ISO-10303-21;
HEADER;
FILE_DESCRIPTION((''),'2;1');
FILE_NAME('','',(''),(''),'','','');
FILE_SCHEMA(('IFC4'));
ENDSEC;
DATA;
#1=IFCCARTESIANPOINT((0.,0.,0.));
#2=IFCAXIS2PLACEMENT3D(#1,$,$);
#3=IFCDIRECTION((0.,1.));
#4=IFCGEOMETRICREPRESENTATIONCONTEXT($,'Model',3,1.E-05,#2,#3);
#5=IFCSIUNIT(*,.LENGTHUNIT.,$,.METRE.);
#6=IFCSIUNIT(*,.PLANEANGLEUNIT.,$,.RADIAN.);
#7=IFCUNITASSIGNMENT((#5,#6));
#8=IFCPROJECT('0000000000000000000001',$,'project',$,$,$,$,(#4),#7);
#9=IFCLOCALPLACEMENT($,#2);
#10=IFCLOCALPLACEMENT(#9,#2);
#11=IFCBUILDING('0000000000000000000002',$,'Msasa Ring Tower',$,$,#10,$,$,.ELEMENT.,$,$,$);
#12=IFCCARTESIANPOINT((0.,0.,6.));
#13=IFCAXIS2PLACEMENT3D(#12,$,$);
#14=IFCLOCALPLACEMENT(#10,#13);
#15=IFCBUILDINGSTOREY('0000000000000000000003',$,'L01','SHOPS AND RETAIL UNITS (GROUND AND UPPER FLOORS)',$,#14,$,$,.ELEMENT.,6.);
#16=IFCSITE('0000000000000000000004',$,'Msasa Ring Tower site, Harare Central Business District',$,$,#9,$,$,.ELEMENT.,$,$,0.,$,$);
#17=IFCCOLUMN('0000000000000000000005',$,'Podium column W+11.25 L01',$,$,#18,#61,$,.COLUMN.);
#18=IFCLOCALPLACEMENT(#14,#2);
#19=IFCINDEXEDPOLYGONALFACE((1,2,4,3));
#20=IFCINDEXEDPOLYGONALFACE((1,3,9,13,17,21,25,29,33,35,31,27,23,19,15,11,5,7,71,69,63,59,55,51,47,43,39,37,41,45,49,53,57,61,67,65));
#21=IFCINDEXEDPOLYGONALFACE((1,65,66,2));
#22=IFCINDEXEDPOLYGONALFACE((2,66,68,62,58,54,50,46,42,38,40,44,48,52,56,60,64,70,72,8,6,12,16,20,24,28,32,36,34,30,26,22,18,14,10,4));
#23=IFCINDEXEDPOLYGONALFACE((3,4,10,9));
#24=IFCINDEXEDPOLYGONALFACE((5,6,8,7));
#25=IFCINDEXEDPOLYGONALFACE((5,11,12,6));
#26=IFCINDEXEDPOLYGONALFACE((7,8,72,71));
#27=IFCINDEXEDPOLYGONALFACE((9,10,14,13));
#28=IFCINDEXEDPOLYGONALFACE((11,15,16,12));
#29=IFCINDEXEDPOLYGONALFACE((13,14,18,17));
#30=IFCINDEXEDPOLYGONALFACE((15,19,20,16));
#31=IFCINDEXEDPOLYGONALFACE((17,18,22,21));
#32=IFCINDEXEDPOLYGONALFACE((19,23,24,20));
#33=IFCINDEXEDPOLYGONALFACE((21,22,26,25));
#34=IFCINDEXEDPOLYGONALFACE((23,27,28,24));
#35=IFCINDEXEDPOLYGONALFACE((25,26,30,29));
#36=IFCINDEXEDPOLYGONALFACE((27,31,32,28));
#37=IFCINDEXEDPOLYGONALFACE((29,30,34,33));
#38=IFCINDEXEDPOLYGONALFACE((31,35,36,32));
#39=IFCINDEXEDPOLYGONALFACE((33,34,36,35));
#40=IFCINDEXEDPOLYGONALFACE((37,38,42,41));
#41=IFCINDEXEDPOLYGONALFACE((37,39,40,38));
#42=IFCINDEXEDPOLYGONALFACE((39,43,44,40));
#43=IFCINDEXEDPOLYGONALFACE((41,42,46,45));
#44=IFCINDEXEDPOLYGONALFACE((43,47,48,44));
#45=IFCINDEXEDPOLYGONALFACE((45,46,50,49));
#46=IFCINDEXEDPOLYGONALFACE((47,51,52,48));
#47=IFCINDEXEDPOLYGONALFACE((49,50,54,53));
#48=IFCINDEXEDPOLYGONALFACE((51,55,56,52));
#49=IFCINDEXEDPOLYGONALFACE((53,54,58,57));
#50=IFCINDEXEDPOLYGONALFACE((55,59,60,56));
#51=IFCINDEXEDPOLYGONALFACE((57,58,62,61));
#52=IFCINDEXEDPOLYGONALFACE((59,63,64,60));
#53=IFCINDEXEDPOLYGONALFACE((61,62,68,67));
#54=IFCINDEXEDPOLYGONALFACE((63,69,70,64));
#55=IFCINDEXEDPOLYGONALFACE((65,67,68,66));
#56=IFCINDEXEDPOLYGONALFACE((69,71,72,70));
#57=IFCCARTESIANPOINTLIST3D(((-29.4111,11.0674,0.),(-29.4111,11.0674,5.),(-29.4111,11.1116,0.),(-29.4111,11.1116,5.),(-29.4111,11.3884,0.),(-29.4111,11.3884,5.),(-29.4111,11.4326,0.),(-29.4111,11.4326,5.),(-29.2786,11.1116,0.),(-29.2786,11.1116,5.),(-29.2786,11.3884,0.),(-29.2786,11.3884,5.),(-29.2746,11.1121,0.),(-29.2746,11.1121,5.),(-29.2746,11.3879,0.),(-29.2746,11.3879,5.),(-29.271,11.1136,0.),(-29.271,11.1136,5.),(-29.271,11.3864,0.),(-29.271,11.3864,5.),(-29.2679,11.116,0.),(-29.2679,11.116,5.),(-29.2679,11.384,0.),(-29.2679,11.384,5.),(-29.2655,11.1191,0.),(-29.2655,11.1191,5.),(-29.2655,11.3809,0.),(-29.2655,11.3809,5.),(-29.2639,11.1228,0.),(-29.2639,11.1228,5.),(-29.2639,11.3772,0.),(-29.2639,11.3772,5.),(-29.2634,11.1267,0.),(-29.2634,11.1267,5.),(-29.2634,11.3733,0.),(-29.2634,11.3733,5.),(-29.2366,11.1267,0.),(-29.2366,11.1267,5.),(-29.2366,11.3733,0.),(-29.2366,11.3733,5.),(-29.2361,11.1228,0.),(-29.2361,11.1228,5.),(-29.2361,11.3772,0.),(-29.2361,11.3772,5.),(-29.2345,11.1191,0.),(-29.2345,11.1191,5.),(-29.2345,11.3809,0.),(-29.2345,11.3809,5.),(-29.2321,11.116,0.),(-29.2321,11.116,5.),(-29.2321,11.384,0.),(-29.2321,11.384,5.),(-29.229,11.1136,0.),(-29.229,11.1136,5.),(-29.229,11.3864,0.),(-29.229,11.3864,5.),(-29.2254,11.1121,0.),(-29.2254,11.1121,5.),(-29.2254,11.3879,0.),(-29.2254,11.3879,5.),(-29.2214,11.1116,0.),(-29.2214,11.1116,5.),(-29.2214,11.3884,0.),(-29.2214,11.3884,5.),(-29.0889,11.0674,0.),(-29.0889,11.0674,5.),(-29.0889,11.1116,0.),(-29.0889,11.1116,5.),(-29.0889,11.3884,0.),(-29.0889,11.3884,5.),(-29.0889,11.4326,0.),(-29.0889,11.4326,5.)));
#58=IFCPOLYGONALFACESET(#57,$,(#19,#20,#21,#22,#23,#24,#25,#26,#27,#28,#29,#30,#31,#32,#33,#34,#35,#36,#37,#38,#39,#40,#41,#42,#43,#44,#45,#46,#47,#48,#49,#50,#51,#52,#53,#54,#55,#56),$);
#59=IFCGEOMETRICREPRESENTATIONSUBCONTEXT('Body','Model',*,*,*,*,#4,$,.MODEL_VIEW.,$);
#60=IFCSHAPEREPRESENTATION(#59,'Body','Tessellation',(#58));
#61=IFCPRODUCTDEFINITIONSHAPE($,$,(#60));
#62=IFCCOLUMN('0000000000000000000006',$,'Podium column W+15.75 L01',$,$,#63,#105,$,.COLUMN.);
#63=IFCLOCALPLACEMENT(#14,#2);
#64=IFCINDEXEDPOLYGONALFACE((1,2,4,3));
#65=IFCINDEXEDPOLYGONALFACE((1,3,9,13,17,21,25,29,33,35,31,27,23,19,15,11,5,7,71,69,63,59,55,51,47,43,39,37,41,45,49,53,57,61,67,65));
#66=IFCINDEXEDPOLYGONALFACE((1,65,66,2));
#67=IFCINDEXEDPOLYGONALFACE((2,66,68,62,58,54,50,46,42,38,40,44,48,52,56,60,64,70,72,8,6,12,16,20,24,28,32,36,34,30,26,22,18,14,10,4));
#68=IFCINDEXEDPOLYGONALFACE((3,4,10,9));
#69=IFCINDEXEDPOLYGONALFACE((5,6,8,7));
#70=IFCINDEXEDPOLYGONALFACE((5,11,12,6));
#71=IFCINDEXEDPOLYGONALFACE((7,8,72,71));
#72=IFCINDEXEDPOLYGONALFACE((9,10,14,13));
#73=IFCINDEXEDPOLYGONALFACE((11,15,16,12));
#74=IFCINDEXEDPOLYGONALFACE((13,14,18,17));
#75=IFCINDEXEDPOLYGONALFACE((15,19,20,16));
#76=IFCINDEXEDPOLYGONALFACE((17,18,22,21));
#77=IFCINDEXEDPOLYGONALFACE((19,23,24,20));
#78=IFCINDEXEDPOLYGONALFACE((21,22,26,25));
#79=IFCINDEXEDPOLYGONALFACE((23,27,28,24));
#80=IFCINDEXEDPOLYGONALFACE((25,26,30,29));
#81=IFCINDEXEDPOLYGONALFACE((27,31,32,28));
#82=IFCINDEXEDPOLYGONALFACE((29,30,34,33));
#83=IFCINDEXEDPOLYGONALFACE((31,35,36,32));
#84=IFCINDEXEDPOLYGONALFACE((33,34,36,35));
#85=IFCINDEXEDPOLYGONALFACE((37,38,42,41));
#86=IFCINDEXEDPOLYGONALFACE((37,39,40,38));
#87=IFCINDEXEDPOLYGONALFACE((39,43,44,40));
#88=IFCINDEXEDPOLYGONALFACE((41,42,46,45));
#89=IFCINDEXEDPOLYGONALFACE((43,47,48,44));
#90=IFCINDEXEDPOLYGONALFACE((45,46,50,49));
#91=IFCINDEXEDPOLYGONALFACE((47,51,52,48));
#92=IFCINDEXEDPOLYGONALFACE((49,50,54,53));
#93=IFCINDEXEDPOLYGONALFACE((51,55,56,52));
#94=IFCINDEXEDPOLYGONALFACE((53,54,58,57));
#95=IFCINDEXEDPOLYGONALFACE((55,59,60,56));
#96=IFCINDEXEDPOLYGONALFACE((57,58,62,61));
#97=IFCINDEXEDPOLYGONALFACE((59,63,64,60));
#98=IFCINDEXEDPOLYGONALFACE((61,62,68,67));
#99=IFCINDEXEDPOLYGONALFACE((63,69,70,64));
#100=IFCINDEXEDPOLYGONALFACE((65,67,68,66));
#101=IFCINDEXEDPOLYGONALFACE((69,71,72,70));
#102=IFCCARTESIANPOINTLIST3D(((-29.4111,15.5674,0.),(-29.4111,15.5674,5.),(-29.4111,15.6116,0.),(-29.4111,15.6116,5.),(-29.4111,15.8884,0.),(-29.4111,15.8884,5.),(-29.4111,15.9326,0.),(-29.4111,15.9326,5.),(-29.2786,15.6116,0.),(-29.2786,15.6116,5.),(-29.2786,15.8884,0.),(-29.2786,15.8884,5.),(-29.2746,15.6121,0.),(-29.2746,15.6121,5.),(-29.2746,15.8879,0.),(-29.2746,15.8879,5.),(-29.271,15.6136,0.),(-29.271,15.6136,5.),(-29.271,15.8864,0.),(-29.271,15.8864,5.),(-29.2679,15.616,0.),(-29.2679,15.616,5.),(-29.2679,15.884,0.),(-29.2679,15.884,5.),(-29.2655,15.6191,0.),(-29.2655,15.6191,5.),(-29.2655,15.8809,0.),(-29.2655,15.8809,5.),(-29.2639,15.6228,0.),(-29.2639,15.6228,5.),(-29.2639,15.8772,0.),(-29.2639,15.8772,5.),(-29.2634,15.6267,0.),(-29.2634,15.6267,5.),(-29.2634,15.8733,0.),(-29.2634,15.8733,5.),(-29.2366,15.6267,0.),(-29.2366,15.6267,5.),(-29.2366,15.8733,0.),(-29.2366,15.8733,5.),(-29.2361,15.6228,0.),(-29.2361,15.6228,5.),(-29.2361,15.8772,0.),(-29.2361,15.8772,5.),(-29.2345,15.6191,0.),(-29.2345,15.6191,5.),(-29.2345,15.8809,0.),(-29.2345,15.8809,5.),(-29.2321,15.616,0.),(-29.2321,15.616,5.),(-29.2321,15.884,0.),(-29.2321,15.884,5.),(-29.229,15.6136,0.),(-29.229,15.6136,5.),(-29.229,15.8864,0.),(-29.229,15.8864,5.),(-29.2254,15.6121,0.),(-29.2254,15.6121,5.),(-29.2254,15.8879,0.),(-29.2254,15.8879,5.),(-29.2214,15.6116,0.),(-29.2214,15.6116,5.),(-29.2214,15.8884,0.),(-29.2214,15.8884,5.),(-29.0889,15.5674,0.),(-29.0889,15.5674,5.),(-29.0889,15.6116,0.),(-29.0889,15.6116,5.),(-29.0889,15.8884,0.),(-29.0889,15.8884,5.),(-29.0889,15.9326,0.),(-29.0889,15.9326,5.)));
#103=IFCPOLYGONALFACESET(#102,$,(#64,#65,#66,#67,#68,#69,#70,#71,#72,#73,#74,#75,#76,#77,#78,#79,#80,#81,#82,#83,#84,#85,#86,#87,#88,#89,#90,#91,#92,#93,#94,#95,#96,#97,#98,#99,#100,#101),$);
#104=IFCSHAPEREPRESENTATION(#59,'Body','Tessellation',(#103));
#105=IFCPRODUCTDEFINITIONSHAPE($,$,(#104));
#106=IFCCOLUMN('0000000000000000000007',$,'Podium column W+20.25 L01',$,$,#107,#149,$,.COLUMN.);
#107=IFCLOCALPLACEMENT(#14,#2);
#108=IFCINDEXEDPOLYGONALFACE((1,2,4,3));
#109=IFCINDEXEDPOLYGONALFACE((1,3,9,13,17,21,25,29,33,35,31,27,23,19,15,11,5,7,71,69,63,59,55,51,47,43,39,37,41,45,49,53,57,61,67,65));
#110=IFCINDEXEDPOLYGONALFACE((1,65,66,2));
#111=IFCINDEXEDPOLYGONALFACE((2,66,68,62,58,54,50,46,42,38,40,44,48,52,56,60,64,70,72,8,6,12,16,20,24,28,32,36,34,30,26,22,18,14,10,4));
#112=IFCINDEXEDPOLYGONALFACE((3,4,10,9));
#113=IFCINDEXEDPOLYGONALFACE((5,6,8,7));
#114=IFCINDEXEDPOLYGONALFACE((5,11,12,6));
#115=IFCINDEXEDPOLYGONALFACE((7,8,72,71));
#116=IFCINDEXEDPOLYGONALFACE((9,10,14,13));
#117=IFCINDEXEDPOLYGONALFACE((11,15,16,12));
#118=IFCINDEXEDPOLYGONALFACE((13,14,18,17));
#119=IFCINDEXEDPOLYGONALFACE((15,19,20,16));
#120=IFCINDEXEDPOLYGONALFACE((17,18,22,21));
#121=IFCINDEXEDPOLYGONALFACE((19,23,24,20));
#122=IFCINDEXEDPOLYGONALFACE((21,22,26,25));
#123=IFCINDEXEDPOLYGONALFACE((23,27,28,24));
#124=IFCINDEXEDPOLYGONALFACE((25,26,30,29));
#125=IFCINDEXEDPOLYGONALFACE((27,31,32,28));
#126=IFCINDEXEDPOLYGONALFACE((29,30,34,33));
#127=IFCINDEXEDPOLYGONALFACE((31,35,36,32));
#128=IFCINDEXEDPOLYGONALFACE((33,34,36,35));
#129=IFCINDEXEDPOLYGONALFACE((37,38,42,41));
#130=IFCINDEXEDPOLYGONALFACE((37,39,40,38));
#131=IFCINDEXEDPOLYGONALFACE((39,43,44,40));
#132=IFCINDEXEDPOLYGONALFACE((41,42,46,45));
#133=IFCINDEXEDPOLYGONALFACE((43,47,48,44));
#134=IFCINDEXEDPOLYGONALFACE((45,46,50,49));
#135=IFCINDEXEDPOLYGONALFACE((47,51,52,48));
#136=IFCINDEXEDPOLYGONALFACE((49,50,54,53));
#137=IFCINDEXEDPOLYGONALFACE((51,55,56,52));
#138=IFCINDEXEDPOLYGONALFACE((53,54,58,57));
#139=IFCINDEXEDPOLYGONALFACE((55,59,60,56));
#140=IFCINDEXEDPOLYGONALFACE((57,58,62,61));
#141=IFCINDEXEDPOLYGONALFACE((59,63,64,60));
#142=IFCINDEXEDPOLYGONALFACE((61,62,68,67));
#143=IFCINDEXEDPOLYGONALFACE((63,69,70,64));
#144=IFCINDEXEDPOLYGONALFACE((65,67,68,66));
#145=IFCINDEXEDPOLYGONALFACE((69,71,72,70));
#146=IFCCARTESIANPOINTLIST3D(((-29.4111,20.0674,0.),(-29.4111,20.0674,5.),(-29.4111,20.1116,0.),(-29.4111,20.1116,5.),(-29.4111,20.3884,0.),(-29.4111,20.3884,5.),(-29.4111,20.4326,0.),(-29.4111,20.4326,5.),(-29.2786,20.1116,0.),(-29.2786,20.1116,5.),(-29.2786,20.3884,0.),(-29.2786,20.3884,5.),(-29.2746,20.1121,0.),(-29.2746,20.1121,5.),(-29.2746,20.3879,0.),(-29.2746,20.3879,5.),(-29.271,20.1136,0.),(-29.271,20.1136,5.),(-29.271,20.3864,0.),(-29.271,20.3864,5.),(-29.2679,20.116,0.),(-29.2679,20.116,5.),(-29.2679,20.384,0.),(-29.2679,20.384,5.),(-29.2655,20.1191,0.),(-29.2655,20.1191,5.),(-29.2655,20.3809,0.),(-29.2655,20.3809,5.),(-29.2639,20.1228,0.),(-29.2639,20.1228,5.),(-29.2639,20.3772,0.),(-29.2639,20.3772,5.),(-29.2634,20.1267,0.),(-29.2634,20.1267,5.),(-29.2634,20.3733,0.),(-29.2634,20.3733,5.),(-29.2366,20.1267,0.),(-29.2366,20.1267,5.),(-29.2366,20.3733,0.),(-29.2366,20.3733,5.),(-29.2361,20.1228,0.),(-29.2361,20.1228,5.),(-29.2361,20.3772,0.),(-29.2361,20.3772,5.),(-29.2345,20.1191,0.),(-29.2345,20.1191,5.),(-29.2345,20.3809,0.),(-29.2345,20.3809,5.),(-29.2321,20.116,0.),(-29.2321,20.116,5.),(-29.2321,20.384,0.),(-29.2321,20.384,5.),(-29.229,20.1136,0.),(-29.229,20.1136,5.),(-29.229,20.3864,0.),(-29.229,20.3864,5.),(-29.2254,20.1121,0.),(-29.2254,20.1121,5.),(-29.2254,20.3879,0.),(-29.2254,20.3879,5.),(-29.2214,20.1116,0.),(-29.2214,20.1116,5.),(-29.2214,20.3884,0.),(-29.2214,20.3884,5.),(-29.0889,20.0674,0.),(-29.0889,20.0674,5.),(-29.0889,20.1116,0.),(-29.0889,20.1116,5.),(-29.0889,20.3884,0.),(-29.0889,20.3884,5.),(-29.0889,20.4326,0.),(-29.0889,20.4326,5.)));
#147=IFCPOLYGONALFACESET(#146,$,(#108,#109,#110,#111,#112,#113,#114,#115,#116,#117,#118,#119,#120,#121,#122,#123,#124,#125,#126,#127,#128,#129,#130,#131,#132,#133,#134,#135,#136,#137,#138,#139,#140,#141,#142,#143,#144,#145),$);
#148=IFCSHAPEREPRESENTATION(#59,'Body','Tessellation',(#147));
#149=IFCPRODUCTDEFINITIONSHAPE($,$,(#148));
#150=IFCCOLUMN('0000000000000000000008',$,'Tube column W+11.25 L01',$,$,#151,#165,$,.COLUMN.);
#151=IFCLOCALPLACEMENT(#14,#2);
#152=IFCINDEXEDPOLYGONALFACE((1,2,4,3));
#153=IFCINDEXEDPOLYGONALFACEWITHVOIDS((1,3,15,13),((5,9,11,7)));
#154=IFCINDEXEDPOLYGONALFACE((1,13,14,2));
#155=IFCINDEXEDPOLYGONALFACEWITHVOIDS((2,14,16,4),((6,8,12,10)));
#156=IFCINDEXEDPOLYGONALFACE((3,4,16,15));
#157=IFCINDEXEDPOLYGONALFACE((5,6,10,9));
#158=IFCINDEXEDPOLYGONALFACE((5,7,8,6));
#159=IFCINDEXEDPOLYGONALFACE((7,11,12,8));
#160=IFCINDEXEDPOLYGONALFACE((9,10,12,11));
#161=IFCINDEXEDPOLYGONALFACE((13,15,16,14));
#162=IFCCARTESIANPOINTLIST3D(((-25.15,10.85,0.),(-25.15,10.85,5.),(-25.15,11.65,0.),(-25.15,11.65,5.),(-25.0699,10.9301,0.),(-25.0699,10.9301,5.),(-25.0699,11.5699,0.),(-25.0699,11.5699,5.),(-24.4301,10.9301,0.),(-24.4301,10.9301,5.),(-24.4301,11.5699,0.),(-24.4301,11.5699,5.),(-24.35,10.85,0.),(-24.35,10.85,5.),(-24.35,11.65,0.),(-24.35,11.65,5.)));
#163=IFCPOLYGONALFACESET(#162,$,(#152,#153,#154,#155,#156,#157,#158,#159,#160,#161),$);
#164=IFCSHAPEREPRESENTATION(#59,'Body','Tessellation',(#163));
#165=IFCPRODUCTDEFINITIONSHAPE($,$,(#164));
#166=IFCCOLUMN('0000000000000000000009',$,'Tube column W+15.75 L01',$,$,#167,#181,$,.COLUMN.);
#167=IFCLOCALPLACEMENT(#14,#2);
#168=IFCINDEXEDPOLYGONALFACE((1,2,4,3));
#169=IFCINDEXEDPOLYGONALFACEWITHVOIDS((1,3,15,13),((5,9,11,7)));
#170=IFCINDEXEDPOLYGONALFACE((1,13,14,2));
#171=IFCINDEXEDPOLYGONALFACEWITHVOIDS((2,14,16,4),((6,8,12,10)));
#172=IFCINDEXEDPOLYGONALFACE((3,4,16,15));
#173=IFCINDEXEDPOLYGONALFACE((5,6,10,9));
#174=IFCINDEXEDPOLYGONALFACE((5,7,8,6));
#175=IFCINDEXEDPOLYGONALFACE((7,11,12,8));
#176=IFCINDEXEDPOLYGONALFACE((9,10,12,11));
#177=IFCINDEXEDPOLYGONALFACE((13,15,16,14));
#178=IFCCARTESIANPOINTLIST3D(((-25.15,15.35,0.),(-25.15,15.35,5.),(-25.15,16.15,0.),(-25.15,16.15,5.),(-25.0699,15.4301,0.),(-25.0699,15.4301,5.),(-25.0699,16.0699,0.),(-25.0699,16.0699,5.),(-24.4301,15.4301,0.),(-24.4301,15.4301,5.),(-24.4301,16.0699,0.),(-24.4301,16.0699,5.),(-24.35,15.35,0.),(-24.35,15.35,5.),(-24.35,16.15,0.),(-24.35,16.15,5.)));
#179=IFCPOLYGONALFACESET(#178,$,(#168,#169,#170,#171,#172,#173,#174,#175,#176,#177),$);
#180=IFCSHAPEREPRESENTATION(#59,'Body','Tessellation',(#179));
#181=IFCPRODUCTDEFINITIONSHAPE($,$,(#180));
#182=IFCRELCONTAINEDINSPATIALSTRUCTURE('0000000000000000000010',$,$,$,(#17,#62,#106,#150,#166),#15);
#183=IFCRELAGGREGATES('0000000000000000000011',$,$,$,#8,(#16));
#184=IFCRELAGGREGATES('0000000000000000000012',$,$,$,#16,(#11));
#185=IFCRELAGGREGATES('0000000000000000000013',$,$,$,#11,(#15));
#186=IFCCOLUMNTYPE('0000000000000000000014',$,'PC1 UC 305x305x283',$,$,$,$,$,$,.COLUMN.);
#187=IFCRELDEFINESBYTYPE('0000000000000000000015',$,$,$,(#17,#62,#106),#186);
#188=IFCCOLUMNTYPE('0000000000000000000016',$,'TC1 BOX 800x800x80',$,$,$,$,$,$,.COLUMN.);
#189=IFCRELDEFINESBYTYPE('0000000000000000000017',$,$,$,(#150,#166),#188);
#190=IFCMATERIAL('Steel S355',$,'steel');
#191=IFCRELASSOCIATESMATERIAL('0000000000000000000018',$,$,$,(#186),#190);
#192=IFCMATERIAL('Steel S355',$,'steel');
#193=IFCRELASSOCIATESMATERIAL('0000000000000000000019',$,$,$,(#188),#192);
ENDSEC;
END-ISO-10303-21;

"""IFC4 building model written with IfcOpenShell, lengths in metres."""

from ifc_helpers import new_model, si_unit, direction, frame, origin, origin_2d, place, context, subcontext, project, spatial, hollow_rectangle, i_section, extrude, material, material_profile, profile_set, type_object, element, save


model = new_model("IFC4")

# Units and contexts
model_context = context("Model", 3, precision=1e-05, world=origin(), true_north=direction((0.0, 1.0)))
body_context = subcontext(model_context, "Body", "Model", "MODEL_VIEW")
ifc_project = project(units=[si_unit("LENGTHUNIT", "METRE"), si_unit("PLANEANGLEUNIT", "RADIAN")], contexts=[model_context])

# Site, building, storey
site_placement = place(None, origin())
site = spatial("IfcSite", under=ifc_project, at=site_placement, Name="Msasa Ring Tower site, Harare Central Business District", CompositionType="ELEMENT", RefElevation=0.0)
building_placement = place(site_placement, origin())
building = spatial("IfcBuilding", under=site, at=building_placement, Name="Msasa Ring Tower", CompositionType="ELEMENT")
storey_placement = place(building_placement, frame((0.0, 0.0, 6.0)))
storey = spatial("IfcBuildingStorey", under=building, at=storey_placement, Name="L01", Description="SHOPS AND RETAIL UNITS (GROUND AND UPPER FLOORS)", CompositionType="ELEMENT", Elevation=6.0)

# Columns
ifc_material_1 = material(Name="Steel S355", Category="steel")
ifc_material_profile_1 = material_profile(ifc_material_1, i_section(OverallWidth=0.3223, OverallDepth=0.3652, WebThickness=0.0269, FlangeThickness=0.0442, FilletRadius=0.0151, at=origin_2d()), Name="UC 305x305x283")
ifc_profile_set_1 = profile_set([ifc_material_profile_1], Name="Steel S355")
column_type_1 = type_object("IfcColumnType", Name="PC1 UC 305x305x283", PredefinedType="COLUMN", material=ifc_profile_set_1)
for number, where, z_axis, x_axis, name in (
    (1, (-29.25, 11.25, 0.0), (0.0, 0.0, 1.0), (1.0, 0.0, 0.0), "Podium column W+11.25 L01"),
    (2, (-29.25, 15.75, 0.0), (0.0, 0.0, 1.0), (1.0, 0.0, 0.0), "Podium column W+15.75 L01"),
    (3, (-29.25, 20.25, 0.0), (0.0, 0.0, 1.0), (1.0, 0.0, 0.0), "Podium column W+20.25 L01"),
):
    element("IfcColumn", number, at=place(storey_placement, frame(where, z_axis=z_axis, x_axis=x_axis)), inside=storey, type_object=column_type_1, Name=name, PredefinedType="COLUMN", context=body_context, shape_type="SweptSolid", body=[
        extrude(i_section(OverallWidth=0.3223, OverallDepth=0.3652, WebThickness=0.0269, FlangeThickness=0.0442, FilletRadius=0.0151, at=origin_2d()), origin(), (0.0, 0.0, 1.0), 5.0),
    ])
ifc_material_2 = material(Name="Steel S355", Category="steel")
ifc_material_profile_2 = material_profile(ifc_material_2, hollow_rectangle(XDim=0.8, YDim=0.8, WallThickness=0.0801, at=origin_2d()), Name="BOX 800x800x80")
ifc_profile_set_2 = profile_set([ifc_material_profile_2], Name="Steel S355")
column_type_2 = type_object("IfcColumnType", Name="TC1 BOX 800x800x80", PredefinedType="COLUMN", material=ifc_profile_set_2)
for number, where, z_axis, x_axis, name in (
    (4, (-24.75, 11.25, 0.0), (0.0, 0.0, 1.0), (1.0, 0.0, 0.0), "Tube column W+11.25 L01"),
    (5, (-24.75, 15.75, 0.0), (0.0, 0.0, 1.0), (1.0, 0.0, 0.0), "Tube column W+15.75 L01"),
):
    element("IfcColumn", number, at=place(storey_placement, frame(where, z_axis=z_axis, x_axis=x_axis)), inside=storey, type_object=column_type_2, Name=name, PredefinedType="COLUMN", context=body_context, shape_type="SweptSolid", body=[
        extrude(hollow_rectangle(XDim=0.8, YDim=0.8, WallThickness=0.0801, at=origin_2d()), origin(), (0.0, 0.0, 1.0), 5.0),
    ])

save(model, "model.ifc")
